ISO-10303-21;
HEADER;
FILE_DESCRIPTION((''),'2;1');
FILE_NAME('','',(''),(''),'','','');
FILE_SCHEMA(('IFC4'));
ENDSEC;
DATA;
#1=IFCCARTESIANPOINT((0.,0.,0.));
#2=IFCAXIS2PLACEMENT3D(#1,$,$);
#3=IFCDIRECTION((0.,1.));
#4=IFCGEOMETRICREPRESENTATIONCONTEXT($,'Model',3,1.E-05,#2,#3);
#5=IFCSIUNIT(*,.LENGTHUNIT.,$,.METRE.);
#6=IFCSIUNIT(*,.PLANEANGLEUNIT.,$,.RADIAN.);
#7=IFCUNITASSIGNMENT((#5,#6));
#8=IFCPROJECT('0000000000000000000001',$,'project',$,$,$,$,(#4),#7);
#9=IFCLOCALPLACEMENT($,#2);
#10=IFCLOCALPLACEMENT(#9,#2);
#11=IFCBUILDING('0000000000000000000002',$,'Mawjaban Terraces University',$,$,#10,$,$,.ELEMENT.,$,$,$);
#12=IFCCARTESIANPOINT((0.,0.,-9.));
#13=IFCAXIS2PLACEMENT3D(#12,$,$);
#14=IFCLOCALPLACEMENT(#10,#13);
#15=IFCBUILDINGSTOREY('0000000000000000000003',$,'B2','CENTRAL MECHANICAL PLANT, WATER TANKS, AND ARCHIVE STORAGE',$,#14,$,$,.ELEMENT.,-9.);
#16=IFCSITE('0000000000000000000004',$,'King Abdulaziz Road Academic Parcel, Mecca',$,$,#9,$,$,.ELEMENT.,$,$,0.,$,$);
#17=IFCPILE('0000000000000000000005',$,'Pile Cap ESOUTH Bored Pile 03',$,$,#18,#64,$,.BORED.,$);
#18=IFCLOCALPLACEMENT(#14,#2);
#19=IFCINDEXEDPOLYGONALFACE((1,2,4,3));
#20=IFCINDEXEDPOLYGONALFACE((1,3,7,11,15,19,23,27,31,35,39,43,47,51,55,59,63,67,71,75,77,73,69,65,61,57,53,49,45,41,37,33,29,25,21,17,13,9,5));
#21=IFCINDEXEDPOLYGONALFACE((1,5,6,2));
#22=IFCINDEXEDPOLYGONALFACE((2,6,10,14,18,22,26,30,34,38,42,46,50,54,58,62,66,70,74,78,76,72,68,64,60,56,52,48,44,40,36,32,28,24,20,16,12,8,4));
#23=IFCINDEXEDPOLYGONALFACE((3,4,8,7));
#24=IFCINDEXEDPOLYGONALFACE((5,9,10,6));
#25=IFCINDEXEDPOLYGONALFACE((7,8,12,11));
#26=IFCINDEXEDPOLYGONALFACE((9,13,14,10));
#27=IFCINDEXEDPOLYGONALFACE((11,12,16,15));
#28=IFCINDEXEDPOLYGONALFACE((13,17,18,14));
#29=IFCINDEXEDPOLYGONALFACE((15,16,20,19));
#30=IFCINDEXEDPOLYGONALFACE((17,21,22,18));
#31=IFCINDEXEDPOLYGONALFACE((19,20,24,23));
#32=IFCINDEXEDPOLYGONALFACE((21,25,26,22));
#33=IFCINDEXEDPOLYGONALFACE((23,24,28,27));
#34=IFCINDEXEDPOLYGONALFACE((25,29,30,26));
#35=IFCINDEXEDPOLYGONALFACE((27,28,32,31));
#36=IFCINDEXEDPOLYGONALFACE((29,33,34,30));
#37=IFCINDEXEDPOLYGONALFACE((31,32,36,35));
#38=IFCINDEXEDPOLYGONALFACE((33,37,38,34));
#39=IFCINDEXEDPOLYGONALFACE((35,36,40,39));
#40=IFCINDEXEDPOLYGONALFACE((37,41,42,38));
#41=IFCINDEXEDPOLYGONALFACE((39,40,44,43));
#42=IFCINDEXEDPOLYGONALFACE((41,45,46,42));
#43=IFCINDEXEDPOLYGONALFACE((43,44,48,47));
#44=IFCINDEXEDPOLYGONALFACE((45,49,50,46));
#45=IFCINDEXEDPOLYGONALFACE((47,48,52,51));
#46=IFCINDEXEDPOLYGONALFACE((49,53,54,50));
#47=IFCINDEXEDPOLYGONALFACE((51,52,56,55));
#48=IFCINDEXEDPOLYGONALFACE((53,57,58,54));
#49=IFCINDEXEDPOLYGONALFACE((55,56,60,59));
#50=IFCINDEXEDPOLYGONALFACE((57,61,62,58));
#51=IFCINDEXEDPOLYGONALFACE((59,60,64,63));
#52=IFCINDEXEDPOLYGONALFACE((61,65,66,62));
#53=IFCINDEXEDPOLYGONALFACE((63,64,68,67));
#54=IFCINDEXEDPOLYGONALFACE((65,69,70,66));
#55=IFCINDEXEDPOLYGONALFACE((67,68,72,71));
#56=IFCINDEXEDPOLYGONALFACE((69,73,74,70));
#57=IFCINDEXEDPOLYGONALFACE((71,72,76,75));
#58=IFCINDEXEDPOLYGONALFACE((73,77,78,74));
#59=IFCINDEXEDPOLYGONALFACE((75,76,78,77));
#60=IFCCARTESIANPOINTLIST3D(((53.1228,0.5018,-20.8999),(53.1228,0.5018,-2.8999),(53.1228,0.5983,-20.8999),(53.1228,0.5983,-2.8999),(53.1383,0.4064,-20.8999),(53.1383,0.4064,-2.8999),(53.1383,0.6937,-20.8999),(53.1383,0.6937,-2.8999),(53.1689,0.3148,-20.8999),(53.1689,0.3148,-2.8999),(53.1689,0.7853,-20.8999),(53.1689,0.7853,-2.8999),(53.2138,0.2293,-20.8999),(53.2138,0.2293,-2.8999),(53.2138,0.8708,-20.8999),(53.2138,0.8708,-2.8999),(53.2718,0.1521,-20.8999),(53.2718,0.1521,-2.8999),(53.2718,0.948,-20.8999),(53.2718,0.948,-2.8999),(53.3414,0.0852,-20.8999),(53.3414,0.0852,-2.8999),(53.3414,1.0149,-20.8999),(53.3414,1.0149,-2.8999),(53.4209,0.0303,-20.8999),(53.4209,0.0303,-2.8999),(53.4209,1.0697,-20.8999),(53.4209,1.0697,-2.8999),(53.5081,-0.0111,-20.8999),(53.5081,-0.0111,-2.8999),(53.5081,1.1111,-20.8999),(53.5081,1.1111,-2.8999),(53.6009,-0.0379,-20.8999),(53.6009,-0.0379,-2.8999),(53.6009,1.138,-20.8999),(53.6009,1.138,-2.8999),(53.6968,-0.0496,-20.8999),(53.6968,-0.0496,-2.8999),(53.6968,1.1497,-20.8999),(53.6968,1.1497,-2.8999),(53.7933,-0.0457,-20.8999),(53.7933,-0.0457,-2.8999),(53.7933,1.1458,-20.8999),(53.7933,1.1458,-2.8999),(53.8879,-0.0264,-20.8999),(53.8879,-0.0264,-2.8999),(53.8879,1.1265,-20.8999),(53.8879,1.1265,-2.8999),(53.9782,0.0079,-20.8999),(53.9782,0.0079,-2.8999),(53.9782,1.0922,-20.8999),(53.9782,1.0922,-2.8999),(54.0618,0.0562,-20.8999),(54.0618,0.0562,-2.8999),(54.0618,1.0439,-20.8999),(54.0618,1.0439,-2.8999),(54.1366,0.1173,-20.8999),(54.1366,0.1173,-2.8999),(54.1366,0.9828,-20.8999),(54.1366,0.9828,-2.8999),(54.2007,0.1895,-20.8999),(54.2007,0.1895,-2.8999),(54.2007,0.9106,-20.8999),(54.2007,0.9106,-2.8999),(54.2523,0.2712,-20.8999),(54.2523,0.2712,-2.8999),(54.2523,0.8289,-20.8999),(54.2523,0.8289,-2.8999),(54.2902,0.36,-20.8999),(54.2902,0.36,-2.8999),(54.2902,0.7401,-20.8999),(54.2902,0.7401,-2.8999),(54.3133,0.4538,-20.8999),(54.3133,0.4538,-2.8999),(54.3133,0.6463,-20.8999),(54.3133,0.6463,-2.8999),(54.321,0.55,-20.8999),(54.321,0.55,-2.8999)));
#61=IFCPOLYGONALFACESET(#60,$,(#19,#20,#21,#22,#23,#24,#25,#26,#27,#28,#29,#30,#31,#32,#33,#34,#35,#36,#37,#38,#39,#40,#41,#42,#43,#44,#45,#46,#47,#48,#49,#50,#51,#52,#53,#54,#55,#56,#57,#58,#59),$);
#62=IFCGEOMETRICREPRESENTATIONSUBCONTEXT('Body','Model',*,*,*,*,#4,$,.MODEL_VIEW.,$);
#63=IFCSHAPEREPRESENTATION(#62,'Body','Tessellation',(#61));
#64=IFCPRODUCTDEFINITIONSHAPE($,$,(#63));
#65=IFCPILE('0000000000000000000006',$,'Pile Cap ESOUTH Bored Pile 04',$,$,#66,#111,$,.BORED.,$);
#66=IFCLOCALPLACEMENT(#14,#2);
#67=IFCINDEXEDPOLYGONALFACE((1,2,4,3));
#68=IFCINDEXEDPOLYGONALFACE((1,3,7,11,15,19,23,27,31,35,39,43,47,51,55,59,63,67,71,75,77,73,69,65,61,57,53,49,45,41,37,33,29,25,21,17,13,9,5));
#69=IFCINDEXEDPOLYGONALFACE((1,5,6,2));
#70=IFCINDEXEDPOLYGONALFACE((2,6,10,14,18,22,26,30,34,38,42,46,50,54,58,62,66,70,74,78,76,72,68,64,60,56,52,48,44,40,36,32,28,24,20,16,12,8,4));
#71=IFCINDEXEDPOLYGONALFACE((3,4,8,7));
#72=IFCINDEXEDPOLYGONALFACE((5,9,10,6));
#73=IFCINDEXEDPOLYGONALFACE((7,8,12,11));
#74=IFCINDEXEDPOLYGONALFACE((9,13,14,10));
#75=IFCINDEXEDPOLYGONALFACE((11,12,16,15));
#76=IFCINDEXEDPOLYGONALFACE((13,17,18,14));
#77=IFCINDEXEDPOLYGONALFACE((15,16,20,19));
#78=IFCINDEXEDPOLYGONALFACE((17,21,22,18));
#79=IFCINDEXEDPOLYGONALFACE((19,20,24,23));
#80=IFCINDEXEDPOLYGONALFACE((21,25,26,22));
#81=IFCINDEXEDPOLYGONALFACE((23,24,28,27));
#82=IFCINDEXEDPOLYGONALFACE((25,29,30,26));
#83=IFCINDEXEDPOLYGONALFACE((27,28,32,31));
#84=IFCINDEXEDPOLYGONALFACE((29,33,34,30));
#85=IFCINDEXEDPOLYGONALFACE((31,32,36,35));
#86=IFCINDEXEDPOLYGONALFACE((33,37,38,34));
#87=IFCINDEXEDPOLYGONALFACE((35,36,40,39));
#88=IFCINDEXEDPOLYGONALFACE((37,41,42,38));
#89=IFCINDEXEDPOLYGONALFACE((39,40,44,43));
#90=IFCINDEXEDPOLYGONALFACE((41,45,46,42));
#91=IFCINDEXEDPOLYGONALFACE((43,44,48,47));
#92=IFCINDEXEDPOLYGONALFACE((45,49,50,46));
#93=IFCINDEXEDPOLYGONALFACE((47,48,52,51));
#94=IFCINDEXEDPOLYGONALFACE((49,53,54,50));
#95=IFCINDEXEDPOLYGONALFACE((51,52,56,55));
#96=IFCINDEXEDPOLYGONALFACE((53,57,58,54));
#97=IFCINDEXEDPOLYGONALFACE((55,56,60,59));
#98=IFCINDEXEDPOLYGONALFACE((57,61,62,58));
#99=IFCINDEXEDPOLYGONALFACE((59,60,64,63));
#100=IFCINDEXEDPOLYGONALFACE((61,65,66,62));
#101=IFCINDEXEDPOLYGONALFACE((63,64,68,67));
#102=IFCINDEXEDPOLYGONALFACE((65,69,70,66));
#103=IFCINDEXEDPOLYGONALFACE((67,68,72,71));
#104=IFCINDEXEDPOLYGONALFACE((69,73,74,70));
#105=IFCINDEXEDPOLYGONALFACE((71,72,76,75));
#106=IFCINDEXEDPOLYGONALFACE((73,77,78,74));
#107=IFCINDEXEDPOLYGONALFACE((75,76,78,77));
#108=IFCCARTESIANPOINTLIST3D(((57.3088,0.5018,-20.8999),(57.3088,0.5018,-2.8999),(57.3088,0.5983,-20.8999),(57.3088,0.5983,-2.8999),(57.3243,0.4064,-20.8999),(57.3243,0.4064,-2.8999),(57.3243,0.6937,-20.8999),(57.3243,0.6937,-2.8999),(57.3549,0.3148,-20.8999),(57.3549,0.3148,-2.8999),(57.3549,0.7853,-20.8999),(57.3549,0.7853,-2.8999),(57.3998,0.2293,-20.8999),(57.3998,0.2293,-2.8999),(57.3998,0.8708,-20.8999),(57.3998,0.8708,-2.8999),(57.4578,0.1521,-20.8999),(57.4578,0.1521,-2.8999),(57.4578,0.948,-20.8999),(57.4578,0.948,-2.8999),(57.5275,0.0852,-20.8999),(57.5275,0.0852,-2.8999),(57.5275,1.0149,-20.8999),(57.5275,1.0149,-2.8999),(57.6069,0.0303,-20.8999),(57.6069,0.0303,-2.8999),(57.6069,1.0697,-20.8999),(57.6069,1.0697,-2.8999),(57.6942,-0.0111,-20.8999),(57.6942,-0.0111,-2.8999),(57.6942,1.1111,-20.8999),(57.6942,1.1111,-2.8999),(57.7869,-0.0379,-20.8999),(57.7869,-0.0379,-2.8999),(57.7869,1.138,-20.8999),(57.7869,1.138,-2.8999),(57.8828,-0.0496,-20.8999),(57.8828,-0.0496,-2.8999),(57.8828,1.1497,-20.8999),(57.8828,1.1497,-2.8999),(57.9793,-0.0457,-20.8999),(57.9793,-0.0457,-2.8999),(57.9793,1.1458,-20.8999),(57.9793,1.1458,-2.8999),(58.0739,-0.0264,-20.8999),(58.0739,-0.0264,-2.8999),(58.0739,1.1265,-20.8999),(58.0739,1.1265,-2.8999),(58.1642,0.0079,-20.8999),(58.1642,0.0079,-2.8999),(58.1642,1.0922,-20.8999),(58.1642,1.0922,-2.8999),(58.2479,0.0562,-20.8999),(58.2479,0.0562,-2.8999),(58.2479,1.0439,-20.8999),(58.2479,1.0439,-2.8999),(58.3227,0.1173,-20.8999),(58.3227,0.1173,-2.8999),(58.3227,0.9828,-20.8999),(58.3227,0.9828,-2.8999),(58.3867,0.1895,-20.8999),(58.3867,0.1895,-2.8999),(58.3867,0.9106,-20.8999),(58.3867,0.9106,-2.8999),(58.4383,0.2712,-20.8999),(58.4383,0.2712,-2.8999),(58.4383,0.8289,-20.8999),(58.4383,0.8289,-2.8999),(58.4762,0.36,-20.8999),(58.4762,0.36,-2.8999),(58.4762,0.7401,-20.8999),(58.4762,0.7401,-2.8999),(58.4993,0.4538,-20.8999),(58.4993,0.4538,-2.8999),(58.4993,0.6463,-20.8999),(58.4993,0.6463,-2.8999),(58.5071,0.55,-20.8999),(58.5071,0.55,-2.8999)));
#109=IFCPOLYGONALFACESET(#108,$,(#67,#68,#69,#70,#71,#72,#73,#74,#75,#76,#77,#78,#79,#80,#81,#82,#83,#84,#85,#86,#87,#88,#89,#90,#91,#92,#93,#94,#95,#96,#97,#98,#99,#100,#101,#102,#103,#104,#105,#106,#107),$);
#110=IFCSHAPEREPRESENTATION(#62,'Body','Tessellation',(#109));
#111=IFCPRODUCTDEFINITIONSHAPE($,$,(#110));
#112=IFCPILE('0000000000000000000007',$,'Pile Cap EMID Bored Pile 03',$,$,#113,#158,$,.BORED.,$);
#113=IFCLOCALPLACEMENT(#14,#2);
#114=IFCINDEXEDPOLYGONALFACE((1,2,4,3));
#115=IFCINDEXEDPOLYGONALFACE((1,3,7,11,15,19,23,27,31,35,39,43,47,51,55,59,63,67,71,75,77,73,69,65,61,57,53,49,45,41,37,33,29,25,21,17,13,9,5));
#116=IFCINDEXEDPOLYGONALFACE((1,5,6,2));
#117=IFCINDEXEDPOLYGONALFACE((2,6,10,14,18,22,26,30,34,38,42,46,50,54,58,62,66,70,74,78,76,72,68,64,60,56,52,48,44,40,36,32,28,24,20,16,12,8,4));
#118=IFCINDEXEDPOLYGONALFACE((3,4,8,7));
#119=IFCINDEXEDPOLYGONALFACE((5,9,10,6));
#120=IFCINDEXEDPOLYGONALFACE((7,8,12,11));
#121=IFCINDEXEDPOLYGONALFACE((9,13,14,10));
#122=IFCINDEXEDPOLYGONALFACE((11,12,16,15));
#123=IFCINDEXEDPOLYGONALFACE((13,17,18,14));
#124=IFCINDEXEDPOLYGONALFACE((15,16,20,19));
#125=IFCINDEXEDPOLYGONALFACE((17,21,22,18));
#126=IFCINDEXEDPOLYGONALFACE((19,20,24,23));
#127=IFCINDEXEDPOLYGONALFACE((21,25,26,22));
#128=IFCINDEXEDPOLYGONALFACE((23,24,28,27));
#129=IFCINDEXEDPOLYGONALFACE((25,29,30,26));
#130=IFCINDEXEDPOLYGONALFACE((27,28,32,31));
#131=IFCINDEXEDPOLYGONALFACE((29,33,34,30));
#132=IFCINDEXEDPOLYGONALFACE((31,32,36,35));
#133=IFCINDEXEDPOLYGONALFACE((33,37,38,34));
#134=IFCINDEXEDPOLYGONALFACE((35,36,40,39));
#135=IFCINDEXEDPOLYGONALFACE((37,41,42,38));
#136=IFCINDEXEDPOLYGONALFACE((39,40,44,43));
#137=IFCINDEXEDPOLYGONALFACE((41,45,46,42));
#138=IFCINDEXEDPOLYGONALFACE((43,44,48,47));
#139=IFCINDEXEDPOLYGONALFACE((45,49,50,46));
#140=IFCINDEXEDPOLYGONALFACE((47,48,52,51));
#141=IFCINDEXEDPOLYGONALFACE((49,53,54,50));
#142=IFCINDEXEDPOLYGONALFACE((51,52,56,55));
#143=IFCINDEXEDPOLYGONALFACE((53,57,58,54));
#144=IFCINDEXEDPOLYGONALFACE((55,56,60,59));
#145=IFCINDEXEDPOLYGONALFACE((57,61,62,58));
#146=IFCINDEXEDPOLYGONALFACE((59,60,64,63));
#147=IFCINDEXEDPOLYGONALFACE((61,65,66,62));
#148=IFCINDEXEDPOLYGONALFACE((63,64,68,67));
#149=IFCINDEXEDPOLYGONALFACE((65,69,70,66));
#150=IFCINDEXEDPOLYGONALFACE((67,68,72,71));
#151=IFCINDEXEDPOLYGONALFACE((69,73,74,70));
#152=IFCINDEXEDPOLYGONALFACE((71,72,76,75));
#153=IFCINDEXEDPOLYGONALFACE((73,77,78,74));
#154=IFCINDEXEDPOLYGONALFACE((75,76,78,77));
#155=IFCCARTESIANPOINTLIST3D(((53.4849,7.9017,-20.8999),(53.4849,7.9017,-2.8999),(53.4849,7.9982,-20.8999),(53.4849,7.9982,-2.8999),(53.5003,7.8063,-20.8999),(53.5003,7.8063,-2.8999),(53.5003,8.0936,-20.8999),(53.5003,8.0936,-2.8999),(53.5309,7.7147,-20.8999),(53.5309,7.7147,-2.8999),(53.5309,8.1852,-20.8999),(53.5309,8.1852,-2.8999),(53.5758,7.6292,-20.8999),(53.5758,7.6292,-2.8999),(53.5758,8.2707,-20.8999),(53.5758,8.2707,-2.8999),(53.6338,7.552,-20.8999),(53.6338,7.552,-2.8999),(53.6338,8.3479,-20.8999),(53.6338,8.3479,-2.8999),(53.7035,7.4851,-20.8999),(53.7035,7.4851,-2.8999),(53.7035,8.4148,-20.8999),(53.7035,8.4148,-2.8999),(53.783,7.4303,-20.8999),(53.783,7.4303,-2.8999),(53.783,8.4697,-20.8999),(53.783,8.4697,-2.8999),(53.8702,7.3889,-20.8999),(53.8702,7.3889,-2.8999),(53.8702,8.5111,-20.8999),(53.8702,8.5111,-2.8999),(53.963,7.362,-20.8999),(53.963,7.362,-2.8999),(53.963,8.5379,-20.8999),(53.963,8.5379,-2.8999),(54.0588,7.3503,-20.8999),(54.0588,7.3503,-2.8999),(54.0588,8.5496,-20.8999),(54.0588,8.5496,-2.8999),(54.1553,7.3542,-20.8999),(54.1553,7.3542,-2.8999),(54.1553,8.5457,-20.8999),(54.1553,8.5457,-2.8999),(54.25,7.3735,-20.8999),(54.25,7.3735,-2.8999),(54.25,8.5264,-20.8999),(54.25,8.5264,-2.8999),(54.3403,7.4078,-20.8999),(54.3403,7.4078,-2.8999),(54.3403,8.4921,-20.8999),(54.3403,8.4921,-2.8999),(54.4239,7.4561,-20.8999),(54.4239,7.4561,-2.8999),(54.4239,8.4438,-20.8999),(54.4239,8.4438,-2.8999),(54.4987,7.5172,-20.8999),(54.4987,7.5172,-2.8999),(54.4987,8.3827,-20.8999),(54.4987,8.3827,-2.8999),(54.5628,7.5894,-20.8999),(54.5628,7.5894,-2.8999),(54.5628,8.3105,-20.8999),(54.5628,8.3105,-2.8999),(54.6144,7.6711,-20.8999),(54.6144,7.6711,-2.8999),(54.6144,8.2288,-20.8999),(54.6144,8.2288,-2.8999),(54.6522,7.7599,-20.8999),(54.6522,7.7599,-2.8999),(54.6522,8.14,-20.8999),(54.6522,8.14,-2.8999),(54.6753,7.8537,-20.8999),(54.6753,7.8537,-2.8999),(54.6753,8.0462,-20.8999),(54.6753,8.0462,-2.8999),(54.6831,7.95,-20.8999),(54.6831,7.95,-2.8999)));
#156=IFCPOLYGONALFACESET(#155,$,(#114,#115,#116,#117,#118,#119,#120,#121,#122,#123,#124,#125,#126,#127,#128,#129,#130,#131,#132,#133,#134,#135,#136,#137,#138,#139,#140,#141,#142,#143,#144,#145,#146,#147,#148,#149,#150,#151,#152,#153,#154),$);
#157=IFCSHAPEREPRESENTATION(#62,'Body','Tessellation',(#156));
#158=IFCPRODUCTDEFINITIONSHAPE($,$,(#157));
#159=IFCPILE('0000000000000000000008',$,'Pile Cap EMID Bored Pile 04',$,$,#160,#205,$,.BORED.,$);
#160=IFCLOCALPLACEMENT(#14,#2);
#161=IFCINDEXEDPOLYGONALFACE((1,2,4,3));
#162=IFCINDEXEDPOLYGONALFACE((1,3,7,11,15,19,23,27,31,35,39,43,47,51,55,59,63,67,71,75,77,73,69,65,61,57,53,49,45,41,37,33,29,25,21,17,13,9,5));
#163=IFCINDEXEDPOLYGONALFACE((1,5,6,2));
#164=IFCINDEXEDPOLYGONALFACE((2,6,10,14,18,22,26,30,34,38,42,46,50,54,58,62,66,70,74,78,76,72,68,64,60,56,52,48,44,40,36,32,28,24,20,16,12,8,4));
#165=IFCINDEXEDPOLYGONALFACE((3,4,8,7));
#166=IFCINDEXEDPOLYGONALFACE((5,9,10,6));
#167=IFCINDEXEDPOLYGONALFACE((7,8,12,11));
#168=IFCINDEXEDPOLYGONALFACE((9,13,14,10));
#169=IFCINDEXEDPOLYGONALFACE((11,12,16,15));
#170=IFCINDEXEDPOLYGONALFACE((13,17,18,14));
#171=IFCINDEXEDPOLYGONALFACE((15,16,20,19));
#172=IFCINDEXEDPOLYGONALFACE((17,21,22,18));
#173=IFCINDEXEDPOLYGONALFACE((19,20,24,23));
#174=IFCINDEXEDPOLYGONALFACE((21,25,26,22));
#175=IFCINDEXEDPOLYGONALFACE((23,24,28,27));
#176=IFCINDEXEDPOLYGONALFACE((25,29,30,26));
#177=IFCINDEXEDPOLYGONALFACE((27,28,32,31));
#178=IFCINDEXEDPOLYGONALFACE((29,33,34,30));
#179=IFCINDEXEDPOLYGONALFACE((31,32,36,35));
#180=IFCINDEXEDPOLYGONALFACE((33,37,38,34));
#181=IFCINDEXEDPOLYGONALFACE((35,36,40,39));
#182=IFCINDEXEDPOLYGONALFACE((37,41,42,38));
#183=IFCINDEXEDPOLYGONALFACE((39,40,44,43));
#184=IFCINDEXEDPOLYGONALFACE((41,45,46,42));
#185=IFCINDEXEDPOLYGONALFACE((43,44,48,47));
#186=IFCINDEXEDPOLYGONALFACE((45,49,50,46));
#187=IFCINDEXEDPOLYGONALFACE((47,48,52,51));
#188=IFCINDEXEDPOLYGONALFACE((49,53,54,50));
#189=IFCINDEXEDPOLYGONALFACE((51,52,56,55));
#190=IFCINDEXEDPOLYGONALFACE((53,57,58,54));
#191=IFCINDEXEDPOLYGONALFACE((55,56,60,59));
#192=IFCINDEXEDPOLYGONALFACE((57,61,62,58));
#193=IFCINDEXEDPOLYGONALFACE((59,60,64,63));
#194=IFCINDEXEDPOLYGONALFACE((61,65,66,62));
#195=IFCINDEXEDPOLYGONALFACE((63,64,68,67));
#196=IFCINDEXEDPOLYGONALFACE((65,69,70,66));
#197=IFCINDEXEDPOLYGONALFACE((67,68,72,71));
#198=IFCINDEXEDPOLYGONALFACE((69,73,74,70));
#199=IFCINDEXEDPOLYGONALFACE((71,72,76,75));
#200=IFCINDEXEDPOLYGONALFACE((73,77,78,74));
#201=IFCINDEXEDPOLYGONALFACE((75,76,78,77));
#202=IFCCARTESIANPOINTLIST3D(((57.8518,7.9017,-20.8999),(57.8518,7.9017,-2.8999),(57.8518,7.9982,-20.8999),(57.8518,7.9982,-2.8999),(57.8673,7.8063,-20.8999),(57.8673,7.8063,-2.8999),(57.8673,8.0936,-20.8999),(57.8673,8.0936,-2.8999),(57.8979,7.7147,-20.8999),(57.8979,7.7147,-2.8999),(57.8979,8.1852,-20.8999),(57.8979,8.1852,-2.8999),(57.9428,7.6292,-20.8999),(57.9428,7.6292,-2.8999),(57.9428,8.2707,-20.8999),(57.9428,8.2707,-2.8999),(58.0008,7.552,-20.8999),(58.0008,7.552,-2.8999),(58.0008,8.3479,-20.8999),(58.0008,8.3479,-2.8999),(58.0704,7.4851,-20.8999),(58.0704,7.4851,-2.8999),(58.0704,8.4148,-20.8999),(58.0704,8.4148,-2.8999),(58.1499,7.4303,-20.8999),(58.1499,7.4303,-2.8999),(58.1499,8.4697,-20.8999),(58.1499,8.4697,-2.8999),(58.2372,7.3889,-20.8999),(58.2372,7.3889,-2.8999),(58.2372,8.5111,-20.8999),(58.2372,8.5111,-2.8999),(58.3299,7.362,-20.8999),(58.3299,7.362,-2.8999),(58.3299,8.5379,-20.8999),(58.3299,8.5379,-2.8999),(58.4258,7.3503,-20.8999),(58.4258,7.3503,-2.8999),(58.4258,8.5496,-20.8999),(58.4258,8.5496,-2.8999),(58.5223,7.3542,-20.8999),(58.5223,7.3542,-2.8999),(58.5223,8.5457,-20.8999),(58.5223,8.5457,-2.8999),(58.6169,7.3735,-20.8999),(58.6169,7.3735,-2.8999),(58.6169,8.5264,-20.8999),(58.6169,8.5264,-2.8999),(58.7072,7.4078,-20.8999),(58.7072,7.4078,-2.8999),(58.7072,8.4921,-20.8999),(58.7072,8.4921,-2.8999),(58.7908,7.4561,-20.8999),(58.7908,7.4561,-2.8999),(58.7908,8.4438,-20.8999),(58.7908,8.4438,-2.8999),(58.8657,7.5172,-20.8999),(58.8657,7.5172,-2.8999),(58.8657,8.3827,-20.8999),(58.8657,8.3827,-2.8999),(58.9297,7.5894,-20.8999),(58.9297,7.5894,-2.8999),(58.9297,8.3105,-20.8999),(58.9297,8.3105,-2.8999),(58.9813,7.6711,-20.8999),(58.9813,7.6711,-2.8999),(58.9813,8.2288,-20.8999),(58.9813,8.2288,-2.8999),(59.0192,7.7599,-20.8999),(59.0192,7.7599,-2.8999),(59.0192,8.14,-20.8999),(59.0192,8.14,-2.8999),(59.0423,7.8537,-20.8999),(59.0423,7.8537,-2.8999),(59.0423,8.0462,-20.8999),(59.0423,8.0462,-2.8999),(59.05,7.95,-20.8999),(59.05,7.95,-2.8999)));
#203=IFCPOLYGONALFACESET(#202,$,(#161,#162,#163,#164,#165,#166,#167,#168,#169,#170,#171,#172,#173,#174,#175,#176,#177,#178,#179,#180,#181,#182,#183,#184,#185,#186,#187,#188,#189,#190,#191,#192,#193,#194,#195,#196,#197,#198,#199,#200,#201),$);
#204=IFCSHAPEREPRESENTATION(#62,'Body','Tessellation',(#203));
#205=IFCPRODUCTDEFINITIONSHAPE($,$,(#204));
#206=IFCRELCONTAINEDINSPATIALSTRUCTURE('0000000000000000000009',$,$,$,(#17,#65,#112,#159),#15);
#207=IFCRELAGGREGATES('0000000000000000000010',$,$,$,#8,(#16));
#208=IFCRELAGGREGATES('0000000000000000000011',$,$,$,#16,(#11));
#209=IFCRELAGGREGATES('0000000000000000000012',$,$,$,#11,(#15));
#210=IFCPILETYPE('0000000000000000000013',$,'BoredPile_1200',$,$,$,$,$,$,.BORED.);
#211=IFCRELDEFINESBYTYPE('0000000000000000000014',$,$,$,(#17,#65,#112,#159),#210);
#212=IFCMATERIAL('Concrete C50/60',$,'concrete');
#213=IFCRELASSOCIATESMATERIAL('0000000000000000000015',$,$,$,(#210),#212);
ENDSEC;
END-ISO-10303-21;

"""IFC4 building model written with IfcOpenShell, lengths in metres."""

from ifc_helpers import new_model, si_unit, direction, frame, origin, origin_2d, place, context, subcontext, project, spatial, circle, extrude, material, material_profile, profile_set, type_object, element, save


model = new_model("IFC4")

# Units and contexts
model_context = context("Model", 3, precision=1e-05, world=origin(), true_north=direction((0.0, 1.0)))
body_context = subcontext(model_context, "Body", "Model", "MODEL_VIEW")
ifc_project = project(units=[si_unit("LENGTHUNIT", "METRE"), si_unit("PLANEANGLEUNIT", "RADIAN")], contexts=[model_context])

# Site, building, storey
site_placement = place(None, origin())
site = spatial("IfcSite", under=ifc_project, at=site_placement, Name="King Abdulaziz Road Academic Parcel, Mecca", CompositionType="ELEMENT", RefElevation=0.0)
building_placement = place(site_placement, origin())
building = spatial("IfcBuilding", under=site, at=building_placement, Name="Mawjaban Terraces University", CompositionType="ELEMENT")
storey_placement = place(building_placement, frame((0.0, 0.0, -9.0)))
storey = spatial("IfcBuildingStorey", under=building, at=storey_placement, Name="B2", Description="CENTRAL MECHANICAL PLANT, WATER TANKS, AND ARCHIVE STORAGE", CompositionType="ELEMENT", Elevation=-9.0)

# Piles
ifc_material_1 = material(Name="Concrete C50/60", Category="concrete")
ifc_material_profile_1 = material_profile(ifc_material_1, circle(Radius=0.6001, at=origin_2d()), Name="PILE1200")
ifc_profile_set_1 = profile_set([ifc_material_profile_1], Name="Concrete C50/60")
pile_type = type_object("IfcPileType", Name="BoredPile_1200", PredefinedType="BORED", material=ifc_profile_set_1)
for number, where, z_axis, x_axis, name in (
    (1, (53.7209, 0.55, -2.8999), (0.0, 0.0, -1.0), (1.0, 0.0, 0.0), "Pile Cap ESOUTH Bored Pile 03"),
    (2, (57.907, 0.55, -2.8999), (0.0, 0.0, -1.0), (1.0, 0.0, 0.0), "Pile Cap ESOUTH Bored Pile 04"),
    (3, (54.083, 7.95, -2.8999), (0.0, 0.0, -1.0), (1.0, 0.0, 0.0), "Pile Cap EMID Bored Pile 03"),
    (4, (58.45, 7.95, -2.8999), (0.0, 0.0, -1.0), (1.0, 0.0, 0.0), "Pile Cap EMID Bored Pile 04"),
):
    element("IfcPile", number, at=place(storey_placement, frame(where, z_axis=z_axis, x_axis=x_axis)), inside=storey, type_object=pile_type, Name=name, PredefinedType="BORED", context=body_context, shape_type="SweptSolid", body=[
        extrude(circle(Radius=0.6001, at=origin_2d()), origin(), (0.0, 0.0, 1.0), 18.0),
    ])

save(model, "model.ifc")
